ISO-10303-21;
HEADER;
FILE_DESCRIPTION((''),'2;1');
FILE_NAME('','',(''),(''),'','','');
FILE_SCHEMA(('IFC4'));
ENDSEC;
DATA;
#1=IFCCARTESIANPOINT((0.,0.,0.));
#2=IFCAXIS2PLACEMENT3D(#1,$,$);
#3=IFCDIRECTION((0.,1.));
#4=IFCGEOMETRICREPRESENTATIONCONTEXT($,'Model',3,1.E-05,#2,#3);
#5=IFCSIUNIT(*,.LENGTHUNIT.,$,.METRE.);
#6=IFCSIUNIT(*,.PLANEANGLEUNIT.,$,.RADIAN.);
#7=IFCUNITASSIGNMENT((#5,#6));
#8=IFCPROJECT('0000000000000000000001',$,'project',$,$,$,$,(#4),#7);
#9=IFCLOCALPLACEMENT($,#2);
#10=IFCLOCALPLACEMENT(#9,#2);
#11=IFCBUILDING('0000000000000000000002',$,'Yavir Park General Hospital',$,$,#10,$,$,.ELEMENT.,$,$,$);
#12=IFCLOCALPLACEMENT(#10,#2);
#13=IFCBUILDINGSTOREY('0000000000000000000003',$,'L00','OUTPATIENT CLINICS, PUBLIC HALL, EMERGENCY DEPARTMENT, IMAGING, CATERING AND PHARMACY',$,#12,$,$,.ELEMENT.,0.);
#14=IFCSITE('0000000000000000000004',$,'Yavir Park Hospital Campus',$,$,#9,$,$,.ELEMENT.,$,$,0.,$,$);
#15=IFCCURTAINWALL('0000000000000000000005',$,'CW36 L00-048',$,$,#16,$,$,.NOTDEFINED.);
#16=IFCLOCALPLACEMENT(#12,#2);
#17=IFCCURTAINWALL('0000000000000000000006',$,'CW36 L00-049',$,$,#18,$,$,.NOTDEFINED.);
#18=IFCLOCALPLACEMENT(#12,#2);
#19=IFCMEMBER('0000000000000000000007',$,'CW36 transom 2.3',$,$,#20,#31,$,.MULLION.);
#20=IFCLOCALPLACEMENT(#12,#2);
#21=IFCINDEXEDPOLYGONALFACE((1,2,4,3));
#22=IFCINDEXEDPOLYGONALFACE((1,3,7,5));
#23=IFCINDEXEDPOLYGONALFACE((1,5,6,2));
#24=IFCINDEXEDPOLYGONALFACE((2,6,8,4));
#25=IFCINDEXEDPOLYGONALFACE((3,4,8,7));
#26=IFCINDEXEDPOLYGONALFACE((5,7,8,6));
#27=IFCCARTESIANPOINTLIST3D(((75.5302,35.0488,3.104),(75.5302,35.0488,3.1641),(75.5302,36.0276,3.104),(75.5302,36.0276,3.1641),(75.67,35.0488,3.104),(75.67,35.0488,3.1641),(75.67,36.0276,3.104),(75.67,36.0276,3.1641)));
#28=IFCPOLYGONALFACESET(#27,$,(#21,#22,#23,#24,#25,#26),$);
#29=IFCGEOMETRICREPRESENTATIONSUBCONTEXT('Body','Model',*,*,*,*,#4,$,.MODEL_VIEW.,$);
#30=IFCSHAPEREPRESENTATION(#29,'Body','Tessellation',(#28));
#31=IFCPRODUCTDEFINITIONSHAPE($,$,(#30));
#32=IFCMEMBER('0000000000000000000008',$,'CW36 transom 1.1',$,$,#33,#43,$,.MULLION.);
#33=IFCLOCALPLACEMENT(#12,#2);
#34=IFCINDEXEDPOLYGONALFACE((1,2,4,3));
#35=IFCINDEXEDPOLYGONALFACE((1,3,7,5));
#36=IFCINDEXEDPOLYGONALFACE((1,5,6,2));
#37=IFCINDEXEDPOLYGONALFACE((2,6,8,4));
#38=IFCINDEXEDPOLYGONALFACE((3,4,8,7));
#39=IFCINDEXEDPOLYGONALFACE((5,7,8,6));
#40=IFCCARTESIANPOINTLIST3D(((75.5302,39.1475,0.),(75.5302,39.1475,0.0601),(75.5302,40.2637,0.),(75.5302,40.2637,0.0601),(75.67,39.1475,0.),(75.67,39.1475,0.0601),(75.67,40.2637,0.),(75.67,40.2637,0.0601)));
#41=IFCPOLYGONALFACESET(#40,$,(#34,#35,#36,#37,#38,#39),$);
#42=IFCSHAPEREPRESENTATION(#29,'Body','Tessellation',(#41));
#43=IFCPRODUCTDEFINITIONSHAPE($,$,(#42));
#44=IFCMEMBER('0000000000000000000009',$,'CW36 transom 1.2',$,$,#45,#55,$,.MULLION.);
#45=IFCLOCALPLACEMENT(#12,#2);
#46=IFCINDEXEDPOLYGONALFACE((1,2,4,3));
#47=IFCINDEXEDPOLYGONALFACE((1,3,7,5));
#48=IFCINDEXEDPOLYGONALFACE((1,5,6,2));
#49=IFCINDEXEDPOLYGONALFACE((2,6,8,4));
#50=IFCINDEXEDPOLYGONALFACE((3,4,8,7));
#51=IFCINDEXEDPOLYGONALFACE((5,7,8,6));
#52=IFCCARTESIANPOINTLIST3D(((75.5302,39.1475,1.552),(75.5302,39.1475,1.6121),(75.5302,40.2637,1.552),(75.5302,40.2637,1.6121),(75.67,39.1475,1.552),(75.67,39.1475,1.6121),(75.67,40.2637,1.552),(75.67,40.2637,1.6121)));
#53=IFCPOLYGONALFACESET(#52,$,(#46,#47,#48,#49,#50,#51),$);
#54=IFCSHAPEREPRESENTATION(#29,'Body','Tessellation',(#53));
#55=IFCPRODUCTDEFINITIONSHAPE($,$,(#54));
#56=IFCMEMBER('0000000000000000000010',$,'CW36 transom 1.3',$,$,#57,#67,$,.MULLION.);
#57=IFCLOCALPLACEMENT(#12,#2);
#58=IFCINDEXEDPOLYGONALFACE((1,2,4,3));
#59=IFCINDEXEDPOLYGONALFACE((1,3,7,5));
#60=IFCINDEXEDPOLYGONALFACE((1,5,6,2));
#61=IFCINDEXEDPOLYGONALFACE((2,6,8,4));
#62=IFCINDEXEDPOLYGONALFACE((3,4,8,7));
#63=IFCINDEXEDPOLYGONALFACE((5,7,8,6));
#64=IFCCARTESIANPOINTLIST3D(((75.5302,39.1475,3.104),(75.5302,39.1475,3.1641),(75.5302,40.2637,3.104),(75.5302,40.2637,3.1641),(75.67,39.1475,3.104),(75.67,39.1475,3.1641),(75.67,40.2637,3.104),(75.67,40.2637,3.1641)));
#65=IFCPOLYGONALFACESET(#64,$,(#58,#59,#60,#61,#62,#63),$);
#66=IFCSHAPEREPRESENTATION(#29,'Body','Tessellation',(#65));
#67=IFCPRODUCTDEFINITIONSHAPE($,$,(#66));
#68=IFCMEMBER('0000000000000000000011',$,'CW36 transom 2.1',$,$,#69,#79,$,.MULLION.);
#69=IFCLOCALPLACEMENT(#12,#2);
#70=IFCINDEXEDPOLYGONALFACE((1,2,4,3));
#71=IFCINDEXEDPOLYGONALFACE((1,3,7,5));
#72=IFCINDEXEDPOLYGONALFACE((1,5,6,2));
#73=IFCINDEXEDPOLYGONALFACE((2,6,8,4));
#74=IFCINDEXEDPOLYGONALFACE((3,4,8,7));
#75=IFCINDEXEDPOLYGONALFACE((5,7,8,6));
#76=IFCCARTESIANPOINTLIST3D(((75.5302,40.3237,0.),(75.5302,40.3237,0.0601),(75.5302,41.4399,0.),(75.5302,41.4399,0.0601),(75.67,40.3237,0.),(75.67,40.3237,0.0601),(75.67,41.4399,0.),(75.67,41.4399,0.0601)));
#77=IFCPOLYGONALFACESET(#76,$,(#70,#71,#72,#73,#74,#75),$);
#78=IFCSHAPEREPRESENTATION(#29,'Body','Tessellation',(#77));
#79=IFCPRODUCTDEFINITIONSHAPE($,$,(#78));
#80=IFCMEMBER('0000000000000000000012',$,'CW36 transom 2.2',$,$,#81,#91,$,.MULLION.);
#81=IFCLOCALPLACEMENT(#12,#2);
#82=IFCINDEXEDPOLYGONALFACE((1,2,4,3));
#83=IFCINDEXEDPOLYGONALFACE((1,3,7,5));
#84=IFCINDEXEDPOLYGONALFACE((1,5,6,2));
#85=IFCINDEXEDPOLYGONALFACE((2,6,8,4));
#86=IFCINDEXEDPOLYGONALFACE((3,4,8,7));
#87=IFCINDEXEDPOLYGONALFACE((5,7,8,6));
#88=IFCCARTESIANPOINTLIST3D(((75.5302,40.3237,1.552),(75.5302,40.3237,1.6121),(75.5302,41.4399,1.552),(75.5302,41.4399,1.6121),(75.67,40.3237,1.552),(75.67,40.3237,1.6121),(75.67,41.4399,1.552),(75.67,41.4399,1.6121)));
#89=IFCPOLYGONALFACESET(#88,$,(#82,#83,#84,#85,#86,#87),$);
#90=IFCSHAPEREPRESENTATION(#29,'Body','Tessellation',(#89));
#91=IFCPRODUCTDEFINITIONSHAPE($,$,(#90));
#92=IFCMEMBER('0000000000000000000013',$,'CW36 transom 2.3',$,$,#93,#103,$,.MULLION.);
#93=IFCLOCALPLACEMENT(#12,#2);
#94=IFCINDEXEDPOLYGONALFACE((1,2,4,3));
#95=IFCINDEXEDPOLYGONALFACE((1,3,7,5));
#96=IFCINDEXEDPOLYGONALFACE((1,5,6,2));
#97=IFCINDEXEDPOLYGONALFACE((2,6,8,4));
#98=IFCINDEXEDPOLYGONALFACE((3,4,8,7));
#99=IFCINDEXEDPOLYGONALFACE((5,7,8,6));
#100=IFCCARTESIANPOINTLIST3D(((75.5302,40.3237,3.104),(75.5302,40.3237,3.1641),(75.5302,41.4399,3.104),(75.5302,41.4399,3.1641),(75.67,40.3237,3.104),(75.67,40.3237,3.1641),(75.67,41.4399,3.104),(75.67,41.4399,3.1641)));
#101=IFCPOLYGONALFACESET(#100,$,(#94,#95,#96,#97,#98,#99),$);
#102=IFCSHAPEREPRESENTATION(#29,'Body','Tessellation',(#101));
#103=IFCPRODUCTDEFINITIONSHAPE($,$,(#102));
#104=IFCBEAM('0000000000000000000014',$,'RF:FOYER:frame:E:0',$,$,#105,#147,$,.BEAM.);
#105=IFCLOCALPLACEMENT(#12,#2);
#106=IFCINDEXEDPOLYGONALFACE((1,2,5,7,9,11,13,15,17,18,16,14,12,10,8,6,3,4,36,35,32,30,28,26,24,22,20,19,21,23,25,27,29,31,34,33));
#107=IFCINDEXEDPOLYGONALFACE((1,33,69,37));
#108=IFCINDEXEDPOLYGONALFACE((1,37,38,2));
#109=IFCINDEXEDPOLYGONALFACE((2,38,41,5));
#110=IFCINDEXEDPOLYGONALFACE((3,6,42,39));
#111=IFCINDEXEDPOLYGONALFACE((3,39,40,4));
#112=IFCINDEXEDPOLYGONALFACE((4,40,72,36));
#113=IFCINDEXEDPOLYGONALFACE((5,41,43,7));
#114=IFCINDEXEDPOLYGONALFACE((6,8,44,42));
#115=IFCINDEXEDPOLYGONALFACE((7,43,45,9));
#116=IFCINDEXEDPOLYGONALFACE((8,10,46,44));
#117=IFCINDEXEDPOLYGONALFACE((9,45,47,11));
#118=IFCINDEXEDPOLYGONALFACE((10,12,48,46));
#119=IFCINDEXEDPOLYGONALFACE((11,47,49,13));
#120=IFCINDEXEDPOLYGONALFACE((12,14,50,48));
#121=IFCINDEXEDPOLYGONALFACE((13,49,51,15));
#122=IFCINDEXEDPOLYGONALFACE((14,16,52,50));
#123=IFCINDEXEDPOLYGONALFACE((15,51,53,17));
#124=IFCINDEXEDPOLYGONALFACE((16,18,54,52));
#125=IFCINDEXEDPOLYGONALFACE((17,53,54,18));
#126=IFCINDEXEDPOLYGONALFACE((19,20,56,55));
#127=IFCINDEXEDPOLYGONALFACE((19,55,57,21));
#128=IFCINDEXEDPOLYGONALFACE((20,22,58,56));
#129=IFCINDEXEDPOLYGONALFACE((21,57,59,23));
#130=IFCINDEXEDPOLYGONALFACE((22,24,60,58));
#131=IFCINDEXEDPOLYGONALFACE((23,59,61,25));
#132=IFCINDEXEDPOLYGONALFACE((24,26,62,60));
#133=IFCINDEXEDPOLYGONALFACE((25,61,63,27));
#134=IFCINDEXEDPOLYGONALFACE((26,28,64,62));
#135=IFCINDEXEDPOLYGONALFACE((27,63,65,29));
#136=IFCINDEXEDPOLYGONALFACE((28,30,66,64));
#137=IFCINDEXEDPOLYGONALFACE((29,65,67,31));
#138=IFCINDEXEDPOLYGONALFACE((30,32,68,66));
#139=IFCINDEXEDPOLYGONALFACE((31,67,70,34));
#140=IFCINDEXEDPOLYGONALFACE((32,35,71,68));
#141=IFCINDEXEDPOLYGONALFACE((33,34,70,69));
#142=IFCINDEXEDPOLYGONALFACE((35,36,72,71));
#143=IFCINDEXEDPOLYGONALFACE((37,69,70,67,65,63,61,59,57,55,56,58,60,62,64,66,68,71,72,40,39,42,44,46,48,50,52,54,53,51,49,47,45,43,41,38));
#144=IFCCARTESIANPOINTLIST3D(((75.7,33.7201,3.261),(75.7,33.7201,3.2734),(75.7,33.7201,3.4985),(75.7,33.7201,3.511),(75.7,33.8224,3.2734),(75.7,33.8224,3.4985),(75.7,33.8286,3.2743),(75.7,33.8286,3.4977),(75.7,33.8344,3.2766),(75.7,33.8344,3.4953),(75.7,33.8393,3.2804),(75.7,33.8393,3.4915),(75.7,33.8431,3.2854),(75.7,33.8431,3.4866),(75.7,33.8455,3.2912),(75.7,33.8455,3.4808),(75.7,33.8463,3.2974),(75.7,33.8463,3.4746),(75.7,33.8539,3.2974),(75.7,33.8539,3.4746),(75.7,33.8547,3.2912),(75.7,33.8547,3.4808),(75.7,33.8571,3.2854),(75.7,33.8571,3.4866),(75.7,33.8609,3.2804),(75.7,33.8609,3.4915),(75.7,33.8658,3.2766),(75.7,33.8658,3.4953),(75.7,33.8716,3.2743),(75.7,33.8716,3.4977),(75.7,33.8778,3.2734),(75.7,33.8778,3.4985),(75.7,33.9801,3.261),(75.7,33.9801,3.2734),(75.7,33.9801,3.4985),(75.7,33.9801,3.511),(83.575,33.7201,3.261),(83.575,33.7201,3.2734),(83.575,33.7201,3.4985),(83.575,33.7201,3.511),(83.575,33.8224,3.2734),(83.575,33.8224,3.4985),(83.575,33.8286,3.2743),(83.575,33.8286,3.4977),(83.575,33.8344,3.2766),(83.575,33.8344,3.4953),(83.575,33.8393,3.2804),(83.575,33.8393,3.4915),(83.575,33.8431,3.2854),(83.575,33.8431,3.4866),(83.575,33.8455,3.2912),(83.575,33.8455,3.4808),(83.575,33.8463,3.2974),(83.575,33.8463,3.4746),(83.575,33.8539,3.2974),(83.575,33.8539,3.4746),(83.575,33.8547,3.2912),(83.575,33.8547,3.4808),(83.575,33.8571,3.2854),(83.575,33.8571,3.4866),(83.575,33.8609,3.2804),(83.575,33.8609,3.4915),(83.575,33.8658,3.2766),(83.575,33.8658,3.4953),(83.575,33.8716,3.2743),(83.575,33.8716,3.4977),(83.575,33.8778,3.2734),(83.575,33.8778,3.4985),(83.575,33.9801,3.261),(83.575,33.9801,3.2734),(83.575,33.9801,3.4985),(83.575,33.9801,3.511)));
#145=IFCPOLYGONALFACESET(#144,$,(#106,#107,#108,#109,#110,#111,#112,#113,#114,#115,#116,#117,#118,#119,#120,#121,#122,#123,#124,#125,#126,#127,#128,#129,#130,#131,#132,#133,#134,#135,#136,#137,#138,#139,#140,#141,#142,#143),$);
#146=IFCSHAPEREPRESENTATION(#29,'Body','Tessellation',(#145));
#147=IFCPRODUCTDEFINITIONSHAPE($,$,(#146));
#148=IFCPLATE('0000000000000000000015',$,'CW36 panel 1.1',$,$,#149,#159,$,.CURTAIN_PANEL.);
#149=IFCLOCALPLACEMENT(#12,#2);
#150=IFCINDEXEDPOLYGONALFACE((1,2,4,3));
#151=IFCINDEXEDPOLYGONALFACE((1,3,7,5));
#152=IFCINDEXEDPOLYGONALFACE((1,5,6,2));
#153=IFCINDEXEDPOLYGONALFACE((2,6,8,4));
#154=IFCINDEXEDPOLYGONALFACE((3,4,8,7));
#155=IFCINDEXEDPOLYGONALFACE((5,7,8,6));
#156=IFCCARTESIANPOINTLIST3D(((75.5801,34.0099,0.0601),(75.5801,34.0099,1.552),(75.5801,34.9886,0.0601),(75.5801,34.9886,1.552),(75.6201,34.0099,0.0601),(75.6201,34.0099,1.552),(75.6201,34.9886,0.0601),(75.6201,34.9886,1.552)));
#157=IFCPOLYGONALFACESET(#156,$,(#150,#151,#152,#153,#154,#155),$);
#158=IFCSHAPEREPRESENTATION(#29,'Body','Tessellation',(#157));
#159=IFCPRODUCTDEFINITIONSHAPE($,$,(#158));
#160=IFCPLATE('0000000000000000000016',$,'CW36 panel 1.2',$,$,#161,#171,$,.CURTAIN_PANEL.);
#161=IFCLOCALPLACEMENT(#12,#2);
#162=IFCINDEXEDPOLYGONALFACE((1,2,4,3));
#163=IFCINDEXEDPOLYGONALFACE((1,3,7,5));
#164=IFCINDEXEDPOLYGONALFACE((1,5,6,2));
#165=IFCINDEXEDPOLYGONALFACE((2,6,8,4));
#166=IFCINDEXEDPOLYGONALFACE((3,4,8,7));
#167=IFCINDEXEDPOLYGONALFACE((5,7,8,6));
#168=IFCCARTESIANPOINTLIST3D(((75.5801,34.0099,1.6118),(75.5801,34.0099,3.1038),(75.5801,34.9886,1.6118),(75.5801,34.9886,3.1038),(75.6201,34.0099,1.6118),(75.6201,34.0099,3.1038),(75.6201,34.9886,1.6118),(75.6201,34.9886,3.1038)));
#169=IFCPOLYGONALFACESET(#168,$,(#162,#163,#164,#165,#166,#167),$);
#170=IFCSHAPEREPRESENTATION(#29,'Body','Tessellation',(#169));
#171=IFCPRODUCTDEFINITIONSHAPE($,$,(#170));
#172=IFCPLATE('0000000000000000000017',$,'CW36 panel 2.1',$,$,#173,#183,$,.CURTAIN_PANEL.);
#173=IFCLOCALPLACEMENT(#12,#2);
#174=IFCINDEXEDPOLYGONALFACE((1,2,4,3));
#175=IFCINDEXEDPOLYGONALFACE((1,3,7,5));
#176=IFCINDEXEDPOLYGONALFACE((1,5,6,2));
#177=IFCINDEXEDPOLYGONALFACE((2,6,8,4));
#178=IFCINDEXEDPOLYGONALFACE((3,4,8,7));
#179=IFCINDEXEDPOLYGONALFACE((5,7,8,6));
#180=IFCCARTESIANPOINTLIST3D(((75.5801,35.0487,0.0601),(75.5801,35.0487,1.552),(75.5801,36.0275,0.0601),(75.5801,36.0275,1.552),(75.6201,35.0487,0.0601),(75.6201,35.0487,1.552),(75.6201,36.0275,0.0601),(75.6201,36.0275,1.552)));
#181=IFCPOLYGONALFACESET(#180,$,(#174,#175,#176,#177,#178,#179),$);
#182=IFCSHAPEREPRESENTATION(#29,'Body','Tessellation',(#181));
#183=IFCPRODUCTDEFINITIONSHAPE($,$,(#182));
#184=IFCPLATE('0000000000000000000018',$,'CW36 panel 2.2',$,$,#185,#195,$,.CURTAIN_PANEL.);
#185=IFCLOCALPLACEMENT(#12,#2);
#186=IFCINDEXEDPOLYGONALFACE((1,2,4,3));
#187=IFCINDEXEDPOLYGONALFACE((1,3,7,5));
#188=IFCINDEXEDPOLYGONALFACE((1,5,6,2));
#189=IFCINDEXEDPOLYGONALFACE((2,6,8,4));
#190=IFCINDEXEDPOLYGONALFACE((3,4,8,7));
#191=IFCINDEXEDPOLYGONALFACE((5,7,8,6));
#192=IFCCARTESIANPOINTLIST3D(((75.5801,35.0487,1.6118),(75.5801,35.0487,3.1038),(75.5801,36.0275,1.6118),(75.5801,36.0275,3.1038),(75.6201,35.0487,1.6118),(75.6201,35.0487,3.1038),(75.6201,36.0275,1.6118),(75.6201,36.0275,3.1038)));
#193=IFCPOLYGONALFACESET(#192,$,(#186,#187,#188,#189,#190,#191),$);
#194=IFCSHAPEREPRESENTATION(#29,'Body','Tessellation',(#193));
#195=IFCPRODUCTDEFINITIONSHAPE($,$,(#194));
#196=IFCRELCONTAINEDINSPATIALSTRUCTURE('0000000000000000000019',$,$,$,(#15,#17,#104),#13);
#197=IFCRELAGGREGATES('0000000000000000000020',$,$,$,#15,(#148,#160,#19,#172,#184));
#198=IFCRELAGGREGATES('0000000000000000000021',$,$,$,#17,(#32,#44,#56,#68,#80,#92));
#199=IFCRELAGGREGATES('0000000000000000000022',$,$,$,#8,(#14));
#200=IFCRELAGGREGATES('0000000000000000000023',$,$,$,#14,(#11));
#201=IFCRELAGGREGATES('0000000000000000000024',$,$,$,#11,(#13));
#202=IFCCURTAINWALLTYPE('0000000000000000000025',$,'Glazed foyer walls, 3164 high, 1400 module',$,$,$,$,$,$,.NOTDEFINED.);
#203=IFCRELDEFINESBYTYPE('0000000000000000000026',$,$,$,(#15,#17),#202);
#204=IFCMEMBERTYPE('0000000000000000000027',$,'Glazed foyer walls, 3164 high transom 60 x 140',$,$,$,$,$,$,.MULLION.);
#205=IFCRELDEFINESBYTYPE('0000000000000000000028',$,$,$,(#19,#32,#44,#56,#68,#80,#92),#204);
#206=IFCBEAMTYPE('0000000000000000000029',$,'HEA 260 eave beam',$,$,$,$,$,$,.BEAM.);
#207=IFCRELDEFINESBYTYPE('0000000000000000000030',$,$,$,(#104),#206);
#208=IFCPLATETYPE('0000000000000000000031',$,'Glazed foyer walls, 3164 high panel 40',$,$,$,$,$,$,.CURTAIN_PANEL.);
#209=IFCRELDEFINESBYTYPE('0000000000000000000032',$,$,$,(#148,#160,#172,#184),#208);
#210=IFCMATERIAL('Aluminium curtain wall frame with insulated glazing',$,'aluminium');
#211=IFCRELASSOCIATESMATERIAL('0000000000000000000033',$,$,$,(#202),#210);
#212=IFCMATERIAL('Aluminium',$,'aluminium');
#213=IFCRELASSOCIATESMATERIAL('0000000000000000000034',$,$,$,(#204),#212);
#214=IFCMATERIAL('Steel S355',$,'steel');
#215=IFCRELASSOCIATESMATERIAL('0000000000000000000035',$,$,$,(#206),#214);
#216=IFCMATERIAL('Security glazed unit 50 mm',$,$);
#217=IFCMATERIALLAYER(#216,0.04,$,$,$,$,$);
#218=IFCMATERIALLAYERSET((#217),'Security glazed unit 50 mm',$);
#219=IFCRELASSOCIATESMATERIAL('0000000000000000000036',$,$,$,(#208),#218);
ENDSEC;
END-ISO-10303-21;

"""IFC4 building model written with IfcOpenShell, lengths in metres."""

from ifc_helpers import new_model, si_unit, direction, frame, origin, origin_2d, place, context, subcontext, project, spatial, rectangle, i_section, extrude, material, layer, layer_set, material_profile, profile_set, type_object, element, aggregate, save


model = new_model("IFC4")

# Units and contexts
model_context = context("Model", 3, precision=1e-05, world=origin(), true_north=direction((0.0, 1.0)))
body_context = subcontext(model_context, "Body", "Model", "MODEL_VIEW")
ifc_project = project(units=[si_unit("LENGTHUNIT", "METRE"), si_unit("PLANEANGLEUNIT", "RADIAN")], contexts=[model_context])

# Site, building, storey
site_placement = place(None, origin())
site = spatial("IfcSite", under=ifc_project, at=site_placement, Name="Yavir Park Hospital Campus", CompositionType="ELEMENT", RefElevation=0.0)
building_placement = place(site_placement, origin())
building = spatial("IfcBuilding", under=site, at=building_placement, Name="Yavir Park General Hospital", CompositionType="ELEMENT")
storey_placement = place(building_placement, origin())
storey = spatial("IfcBuildingStorey", under=building, at=storey_placement, Name="L00", Description="OUTPATIENT CLINICS, PUBLIC HALL, EMERGENCY DEPARTMENT, IMAGING, CATERING AND PHARMACY", CompositionType="ELEMENT", Elevation=0.0)

# Curtain walls
ifc_material_1 = material(Name="Aluminium curtain wall frame with insulated glazing", Category="aluminium")
curtain_wall_type = type_object("IfcCurtainWallType", Name="Glazed foyer walls, 3164 high, 1400 module", PredefinedType="NOTDEFINED", material=ifc_material_1)
curtain_wall_1_placement = place(storey_placement, origin())
curtain_wall_1 = element("IfcCurtainWall", 1, at=curtain_wall_1_placement, inside=storey, type_object=curtain_wall_type, Name="CW36 L00-048", PredefinedType="NOTDEFINED")
curtain_wall_2_placement = place(storey_placement, origin())
curtain_wall_2 = element("IfcCurtainWall", 2, at=curtain_wall_2_placement, inside=storey, type_object=curtain_wall_type, Name="CW36 L00-049", PredefinedType="NOTDEFINED")

# Members
ifc_material_2 = material(Name="Aluminium", Category="aluminium")
ifc_material_profile_1 = material_profile(ifc_material_2, rectangle(XDim=0.1399, YDim=0.0601, at=origin_2d()), Name="AL 140x60")
ifc_profile_set_1 = profile_set([ifc_material_profile_1], Name="Aluminium")
member_type_1 = type_object("IfcMemberType", Name="Glazed foyer walls, 3164 high transom 60 x 140", PredefinedType="MULLION", material=ifc_profile_set_1)
member_1_placement = place(storey_placement, frame((75.6001, 35.0488, 3.134), z_axis=(0.0, 1.0, 0.0), x_axis=(-1.0, 0.0, 0.0)))
member_1 = element("IfcMember", 3, at=member_1_placement, type_object=member_type_1, Name="CW36 transom 2.3", PredefinedType="MULLION", context=body_context, shape_type="SweptSolid", body=[
    extrude(rectangle(XDim=0.1399, YDim=0.0601, at=origin_2d()), origin(), (0.0, 0.0, 1.0), 0.9788),
])
member_2_placement = place(storey_placement, frame((75.6001, 39.1475, 0.03), z_axis=(0.0, 1.0, 0.0), x_axis=(-1.0, 0.0, 0.0)))
member_2 = element("IfcMember", 4, at=member_2_placement, type_object=member_type_1, Name="CW36 transom 1.1", PredefinedType="MULLION", context=body_context, shape_type="SweptSolid", body=[
    extrude(rectangle(XDim=0.1399, YDim=0.0601, at=origin_2d()), origin(), (0.0, 0.0, 1.0), 1.1162),
])
member_3_placement = place(storey_placement, frame((75.6001, 39.1475, 1.582), z_axis=(0.0, 1.0, 0.0), x_axis=(-1.0, 0.0, 0.0)))
member_3 = element("IfcMember", 5, at=member_3_placement, type_object=member_type_1, Name="CW36 transom 1.2", PredefinedType="MULLION", context=body_context, shape_type="SweptSolid", body=[
    extrude(rectangle(XDim=0.1399, YDim=0.0601, at=origin_2d()), origin(), (0.0, 0.0, 1.0), 1.1162),
])
member_4_placement = place(storey_placement, frame((75.6001, 39.1475, 3.134), z_axis=(0.0, 1.0, 0.0), x_axis=(-1.0, 0.0, 0.0)))
member_4 = element("IfcMember", 6, at=member_4_placement, type_object=member_type_1, Name="CW36 transom 1.3", PredefinedType="MULLION", context=body_context, shape_type="SweptSolid", body=[
    extrude(rectangle(XDim=0.1399, YDim=0.0601, at=origin_2d()), origin(), (0.0, 0.0, 1.0), 1.1162),
])
member_5_placement = place(storey_placement, frame((75.6001, 40.3237, 0.03), z_axis=(0.0, 1.0, 0.0), x_axis=(-1.0, 0.0, 0.0)))
member_5 = element("IfcMember", 7, at=member_5_placement, type_object=member_type_1, Name="CW36 transom 2.1", PredefinedType="MULLION", context=body_context, shape_type="SweptSolid", body=[
    extrude(rectangle(XDim=0.1399, YDim=0.0601, at=origin_2d()), origin(), (0.0, 0.0, 1.0), 1.1162),
])
member_6_placement = place(storey_placement, frame((75.6001, 40.3237, 1.582), z_axis=(0.0, 1.0, 0.0), x_axis=(-1.0, 0.0, 0.0)))
member_6 = element("IfcMember", 8, at=member_6_placement, type_object=member_type_1, Name="CW36 transom 2.2", PredefinedType="MULLION", context=body_context, shape_type="SweptSolid", body=[
    extrude(rectangle(XDim=0.1399, YDim=0.0601, at=origin_2d()), origin(), (0.0, 0.0, 1.0), 1.1162),
])
member_7_placement = place(storey_placement, frame((75.6001, 40.3237, 3.134), z_axis=(0.0, 1.0, 0.0), x_axis=(-1.0, 0.0, 0.0)))
member_7 = element("IfcMember", 9, at=member_7_placement, type_object=member_type_1, Name="CW36 transom 2.3", PredefinedType="MULLION", context=body_context, shape_type="SweptSolid", body=[
    extrude(rectangle(XDim=0.1399, YDim=0.0601, at=origin_2d()), origin(), (0.0, 0.0, 1.0), 1.1162),
])

# Beam
ifc_material_3 = material(Name="Steel S355", Category="steel")
ifc_material_profile_2 = material_profile(ifc_material_3, i_section(OverallWidth=0.26, OverallDepth=0.25, WebThickness=0.0076, FlangeThickness=0.0125, FilletRadius=0.0239, at=origin_2d()), Name="HEA260")
ifc_profile_set_2 = profile_set([ifc_material_profile_2], Name="Steel S355")
beam_type = type_object("IfcBeamType", Name="HEA 260 eave beam", PredefinedType="BEAM", material=ifc_profile_set_2)
beam_placement = place(storey_placement, frame((75.7, 33.8501, 3.386), z_axis=(1.0, 0.0, 0.0), x_axis=(0.0, 1.0, 0.0)))
element("IfcBeam", 10, at=beam_placement, inside=storey, type_object=beam_type, Name="RF:FOYER:frame:E:0", PredefinedType="BEAM", context=body_context, shape_type="SweptSolid", body=[
    extrude(i_section(OverallWidth=0.26, OverallDepth=0.25, WebThickness=0.0076, FlangeThickness=0.0125, FilletRadius=0.0239, at=origin_2d()), origin(), (0.0, 0.0, 1.0), 7.875),
])

# Plates
ifc_material_4 = material(Name="Security glazed unit 50 mm")
ifc_layer_1 = layer(ifc_material_4, 0.04)
ifc_layer_set_1 = layer_set([ifc_layer_1], Name="Security glazed unit 50 mm")
plate_type = type_object("IfcPlateType", Name="Glazed foyer walls, 3164 high panel 40", PredefinedType="CURTAIN_PANEL", material=ifc_layer_set_1)
plate_1_placement = place(storey_placement, frame((75.6001, 34.4993, 0.0601), z_axis=(0.0, 0.0, 1.0), x_axis=(0.0, 1.0, 0.0)))
plate_1 = element("IfcPlate", 11, at=plate_1_placement, type_object=plate_type, Name="CW36 panel 1.1", PredefinedType="CURTAIN_PANEL", context=body_context, shape_type="SweptSolid", body=[
    extrude(rectangle(XDim=0.9788, YDim=0.04, at=origin_2d()), origin(), (0.0, 0.0, 1.0), 1.4919),
])
plate_2_placement = place(storey_placement, frame((75.6001, 34.4993, 1.6118), z_axis=(0.0, 0.0, 1.0), x_axis=(0.0, 1.0, 0.0)))
plate_2 = element("IfcPlate", 12, at=plate_2_placement, type_object=plate_type, Name="CW36 panel 1.2", PredefinedType="CURTAIN_PANEL", context=body_context, shape_type="SweptSolid", body=[
    extrude(rectangle(XDim=0.9788, YDim=0.04, at=origin_2d()), origin(), (0.0, 0.0, 1.0), 1.4919),
])
plate_3_placement = place(storey_placement, frame((75.6001, 35.5381, 0.0601), z_axis=(0.0, 0.0, 1.0), x_axis=(0.0, 1.0, 0.0)))
plate_3 = element("IfcPlate", 13, at=plate_3_placement, type_object=plate_type, Name="CW36 panel 2.1", PredefinedType="CURTAIN_PANEL", context=body_context, shape_type="SweptSolid", body=[
    extrude(rectangle(XDim=0.9788, YDim=0.04, at=origin_2d()), origin(), (0.0, 0.0, 1.0), 1.4919),
])
plate_4_placement = place(storey_placement, frame((75.6001, 35.5381, 1.6118), z_axis=(0.0, 0.0, 1.0), x_axis=(0.0, 1.0, 0.0)))
plate_4 = element("IfcPlate", 14, at=plate_4_placement, type_object=plate_type, Name="CW36 panel 2.2", PredefinedType="CURTAIN_PANEL", context=body_context, shape_type="SweptSolid", body=[
    extrude(rectangle(XDim=0.9788, YDim=0.04, at=origin_2d()), origin(), (0.0, 0.0, 1.0), 1.4919),
])
aggregate(curtain_wall_1, [plate_1, plate_2, member_1, plate_3, plate_4])
aggregate(curtain_wall_2, [member_2, member_3, member_4, member_5, member_6, member_7])

save(model, "model.ifc")
